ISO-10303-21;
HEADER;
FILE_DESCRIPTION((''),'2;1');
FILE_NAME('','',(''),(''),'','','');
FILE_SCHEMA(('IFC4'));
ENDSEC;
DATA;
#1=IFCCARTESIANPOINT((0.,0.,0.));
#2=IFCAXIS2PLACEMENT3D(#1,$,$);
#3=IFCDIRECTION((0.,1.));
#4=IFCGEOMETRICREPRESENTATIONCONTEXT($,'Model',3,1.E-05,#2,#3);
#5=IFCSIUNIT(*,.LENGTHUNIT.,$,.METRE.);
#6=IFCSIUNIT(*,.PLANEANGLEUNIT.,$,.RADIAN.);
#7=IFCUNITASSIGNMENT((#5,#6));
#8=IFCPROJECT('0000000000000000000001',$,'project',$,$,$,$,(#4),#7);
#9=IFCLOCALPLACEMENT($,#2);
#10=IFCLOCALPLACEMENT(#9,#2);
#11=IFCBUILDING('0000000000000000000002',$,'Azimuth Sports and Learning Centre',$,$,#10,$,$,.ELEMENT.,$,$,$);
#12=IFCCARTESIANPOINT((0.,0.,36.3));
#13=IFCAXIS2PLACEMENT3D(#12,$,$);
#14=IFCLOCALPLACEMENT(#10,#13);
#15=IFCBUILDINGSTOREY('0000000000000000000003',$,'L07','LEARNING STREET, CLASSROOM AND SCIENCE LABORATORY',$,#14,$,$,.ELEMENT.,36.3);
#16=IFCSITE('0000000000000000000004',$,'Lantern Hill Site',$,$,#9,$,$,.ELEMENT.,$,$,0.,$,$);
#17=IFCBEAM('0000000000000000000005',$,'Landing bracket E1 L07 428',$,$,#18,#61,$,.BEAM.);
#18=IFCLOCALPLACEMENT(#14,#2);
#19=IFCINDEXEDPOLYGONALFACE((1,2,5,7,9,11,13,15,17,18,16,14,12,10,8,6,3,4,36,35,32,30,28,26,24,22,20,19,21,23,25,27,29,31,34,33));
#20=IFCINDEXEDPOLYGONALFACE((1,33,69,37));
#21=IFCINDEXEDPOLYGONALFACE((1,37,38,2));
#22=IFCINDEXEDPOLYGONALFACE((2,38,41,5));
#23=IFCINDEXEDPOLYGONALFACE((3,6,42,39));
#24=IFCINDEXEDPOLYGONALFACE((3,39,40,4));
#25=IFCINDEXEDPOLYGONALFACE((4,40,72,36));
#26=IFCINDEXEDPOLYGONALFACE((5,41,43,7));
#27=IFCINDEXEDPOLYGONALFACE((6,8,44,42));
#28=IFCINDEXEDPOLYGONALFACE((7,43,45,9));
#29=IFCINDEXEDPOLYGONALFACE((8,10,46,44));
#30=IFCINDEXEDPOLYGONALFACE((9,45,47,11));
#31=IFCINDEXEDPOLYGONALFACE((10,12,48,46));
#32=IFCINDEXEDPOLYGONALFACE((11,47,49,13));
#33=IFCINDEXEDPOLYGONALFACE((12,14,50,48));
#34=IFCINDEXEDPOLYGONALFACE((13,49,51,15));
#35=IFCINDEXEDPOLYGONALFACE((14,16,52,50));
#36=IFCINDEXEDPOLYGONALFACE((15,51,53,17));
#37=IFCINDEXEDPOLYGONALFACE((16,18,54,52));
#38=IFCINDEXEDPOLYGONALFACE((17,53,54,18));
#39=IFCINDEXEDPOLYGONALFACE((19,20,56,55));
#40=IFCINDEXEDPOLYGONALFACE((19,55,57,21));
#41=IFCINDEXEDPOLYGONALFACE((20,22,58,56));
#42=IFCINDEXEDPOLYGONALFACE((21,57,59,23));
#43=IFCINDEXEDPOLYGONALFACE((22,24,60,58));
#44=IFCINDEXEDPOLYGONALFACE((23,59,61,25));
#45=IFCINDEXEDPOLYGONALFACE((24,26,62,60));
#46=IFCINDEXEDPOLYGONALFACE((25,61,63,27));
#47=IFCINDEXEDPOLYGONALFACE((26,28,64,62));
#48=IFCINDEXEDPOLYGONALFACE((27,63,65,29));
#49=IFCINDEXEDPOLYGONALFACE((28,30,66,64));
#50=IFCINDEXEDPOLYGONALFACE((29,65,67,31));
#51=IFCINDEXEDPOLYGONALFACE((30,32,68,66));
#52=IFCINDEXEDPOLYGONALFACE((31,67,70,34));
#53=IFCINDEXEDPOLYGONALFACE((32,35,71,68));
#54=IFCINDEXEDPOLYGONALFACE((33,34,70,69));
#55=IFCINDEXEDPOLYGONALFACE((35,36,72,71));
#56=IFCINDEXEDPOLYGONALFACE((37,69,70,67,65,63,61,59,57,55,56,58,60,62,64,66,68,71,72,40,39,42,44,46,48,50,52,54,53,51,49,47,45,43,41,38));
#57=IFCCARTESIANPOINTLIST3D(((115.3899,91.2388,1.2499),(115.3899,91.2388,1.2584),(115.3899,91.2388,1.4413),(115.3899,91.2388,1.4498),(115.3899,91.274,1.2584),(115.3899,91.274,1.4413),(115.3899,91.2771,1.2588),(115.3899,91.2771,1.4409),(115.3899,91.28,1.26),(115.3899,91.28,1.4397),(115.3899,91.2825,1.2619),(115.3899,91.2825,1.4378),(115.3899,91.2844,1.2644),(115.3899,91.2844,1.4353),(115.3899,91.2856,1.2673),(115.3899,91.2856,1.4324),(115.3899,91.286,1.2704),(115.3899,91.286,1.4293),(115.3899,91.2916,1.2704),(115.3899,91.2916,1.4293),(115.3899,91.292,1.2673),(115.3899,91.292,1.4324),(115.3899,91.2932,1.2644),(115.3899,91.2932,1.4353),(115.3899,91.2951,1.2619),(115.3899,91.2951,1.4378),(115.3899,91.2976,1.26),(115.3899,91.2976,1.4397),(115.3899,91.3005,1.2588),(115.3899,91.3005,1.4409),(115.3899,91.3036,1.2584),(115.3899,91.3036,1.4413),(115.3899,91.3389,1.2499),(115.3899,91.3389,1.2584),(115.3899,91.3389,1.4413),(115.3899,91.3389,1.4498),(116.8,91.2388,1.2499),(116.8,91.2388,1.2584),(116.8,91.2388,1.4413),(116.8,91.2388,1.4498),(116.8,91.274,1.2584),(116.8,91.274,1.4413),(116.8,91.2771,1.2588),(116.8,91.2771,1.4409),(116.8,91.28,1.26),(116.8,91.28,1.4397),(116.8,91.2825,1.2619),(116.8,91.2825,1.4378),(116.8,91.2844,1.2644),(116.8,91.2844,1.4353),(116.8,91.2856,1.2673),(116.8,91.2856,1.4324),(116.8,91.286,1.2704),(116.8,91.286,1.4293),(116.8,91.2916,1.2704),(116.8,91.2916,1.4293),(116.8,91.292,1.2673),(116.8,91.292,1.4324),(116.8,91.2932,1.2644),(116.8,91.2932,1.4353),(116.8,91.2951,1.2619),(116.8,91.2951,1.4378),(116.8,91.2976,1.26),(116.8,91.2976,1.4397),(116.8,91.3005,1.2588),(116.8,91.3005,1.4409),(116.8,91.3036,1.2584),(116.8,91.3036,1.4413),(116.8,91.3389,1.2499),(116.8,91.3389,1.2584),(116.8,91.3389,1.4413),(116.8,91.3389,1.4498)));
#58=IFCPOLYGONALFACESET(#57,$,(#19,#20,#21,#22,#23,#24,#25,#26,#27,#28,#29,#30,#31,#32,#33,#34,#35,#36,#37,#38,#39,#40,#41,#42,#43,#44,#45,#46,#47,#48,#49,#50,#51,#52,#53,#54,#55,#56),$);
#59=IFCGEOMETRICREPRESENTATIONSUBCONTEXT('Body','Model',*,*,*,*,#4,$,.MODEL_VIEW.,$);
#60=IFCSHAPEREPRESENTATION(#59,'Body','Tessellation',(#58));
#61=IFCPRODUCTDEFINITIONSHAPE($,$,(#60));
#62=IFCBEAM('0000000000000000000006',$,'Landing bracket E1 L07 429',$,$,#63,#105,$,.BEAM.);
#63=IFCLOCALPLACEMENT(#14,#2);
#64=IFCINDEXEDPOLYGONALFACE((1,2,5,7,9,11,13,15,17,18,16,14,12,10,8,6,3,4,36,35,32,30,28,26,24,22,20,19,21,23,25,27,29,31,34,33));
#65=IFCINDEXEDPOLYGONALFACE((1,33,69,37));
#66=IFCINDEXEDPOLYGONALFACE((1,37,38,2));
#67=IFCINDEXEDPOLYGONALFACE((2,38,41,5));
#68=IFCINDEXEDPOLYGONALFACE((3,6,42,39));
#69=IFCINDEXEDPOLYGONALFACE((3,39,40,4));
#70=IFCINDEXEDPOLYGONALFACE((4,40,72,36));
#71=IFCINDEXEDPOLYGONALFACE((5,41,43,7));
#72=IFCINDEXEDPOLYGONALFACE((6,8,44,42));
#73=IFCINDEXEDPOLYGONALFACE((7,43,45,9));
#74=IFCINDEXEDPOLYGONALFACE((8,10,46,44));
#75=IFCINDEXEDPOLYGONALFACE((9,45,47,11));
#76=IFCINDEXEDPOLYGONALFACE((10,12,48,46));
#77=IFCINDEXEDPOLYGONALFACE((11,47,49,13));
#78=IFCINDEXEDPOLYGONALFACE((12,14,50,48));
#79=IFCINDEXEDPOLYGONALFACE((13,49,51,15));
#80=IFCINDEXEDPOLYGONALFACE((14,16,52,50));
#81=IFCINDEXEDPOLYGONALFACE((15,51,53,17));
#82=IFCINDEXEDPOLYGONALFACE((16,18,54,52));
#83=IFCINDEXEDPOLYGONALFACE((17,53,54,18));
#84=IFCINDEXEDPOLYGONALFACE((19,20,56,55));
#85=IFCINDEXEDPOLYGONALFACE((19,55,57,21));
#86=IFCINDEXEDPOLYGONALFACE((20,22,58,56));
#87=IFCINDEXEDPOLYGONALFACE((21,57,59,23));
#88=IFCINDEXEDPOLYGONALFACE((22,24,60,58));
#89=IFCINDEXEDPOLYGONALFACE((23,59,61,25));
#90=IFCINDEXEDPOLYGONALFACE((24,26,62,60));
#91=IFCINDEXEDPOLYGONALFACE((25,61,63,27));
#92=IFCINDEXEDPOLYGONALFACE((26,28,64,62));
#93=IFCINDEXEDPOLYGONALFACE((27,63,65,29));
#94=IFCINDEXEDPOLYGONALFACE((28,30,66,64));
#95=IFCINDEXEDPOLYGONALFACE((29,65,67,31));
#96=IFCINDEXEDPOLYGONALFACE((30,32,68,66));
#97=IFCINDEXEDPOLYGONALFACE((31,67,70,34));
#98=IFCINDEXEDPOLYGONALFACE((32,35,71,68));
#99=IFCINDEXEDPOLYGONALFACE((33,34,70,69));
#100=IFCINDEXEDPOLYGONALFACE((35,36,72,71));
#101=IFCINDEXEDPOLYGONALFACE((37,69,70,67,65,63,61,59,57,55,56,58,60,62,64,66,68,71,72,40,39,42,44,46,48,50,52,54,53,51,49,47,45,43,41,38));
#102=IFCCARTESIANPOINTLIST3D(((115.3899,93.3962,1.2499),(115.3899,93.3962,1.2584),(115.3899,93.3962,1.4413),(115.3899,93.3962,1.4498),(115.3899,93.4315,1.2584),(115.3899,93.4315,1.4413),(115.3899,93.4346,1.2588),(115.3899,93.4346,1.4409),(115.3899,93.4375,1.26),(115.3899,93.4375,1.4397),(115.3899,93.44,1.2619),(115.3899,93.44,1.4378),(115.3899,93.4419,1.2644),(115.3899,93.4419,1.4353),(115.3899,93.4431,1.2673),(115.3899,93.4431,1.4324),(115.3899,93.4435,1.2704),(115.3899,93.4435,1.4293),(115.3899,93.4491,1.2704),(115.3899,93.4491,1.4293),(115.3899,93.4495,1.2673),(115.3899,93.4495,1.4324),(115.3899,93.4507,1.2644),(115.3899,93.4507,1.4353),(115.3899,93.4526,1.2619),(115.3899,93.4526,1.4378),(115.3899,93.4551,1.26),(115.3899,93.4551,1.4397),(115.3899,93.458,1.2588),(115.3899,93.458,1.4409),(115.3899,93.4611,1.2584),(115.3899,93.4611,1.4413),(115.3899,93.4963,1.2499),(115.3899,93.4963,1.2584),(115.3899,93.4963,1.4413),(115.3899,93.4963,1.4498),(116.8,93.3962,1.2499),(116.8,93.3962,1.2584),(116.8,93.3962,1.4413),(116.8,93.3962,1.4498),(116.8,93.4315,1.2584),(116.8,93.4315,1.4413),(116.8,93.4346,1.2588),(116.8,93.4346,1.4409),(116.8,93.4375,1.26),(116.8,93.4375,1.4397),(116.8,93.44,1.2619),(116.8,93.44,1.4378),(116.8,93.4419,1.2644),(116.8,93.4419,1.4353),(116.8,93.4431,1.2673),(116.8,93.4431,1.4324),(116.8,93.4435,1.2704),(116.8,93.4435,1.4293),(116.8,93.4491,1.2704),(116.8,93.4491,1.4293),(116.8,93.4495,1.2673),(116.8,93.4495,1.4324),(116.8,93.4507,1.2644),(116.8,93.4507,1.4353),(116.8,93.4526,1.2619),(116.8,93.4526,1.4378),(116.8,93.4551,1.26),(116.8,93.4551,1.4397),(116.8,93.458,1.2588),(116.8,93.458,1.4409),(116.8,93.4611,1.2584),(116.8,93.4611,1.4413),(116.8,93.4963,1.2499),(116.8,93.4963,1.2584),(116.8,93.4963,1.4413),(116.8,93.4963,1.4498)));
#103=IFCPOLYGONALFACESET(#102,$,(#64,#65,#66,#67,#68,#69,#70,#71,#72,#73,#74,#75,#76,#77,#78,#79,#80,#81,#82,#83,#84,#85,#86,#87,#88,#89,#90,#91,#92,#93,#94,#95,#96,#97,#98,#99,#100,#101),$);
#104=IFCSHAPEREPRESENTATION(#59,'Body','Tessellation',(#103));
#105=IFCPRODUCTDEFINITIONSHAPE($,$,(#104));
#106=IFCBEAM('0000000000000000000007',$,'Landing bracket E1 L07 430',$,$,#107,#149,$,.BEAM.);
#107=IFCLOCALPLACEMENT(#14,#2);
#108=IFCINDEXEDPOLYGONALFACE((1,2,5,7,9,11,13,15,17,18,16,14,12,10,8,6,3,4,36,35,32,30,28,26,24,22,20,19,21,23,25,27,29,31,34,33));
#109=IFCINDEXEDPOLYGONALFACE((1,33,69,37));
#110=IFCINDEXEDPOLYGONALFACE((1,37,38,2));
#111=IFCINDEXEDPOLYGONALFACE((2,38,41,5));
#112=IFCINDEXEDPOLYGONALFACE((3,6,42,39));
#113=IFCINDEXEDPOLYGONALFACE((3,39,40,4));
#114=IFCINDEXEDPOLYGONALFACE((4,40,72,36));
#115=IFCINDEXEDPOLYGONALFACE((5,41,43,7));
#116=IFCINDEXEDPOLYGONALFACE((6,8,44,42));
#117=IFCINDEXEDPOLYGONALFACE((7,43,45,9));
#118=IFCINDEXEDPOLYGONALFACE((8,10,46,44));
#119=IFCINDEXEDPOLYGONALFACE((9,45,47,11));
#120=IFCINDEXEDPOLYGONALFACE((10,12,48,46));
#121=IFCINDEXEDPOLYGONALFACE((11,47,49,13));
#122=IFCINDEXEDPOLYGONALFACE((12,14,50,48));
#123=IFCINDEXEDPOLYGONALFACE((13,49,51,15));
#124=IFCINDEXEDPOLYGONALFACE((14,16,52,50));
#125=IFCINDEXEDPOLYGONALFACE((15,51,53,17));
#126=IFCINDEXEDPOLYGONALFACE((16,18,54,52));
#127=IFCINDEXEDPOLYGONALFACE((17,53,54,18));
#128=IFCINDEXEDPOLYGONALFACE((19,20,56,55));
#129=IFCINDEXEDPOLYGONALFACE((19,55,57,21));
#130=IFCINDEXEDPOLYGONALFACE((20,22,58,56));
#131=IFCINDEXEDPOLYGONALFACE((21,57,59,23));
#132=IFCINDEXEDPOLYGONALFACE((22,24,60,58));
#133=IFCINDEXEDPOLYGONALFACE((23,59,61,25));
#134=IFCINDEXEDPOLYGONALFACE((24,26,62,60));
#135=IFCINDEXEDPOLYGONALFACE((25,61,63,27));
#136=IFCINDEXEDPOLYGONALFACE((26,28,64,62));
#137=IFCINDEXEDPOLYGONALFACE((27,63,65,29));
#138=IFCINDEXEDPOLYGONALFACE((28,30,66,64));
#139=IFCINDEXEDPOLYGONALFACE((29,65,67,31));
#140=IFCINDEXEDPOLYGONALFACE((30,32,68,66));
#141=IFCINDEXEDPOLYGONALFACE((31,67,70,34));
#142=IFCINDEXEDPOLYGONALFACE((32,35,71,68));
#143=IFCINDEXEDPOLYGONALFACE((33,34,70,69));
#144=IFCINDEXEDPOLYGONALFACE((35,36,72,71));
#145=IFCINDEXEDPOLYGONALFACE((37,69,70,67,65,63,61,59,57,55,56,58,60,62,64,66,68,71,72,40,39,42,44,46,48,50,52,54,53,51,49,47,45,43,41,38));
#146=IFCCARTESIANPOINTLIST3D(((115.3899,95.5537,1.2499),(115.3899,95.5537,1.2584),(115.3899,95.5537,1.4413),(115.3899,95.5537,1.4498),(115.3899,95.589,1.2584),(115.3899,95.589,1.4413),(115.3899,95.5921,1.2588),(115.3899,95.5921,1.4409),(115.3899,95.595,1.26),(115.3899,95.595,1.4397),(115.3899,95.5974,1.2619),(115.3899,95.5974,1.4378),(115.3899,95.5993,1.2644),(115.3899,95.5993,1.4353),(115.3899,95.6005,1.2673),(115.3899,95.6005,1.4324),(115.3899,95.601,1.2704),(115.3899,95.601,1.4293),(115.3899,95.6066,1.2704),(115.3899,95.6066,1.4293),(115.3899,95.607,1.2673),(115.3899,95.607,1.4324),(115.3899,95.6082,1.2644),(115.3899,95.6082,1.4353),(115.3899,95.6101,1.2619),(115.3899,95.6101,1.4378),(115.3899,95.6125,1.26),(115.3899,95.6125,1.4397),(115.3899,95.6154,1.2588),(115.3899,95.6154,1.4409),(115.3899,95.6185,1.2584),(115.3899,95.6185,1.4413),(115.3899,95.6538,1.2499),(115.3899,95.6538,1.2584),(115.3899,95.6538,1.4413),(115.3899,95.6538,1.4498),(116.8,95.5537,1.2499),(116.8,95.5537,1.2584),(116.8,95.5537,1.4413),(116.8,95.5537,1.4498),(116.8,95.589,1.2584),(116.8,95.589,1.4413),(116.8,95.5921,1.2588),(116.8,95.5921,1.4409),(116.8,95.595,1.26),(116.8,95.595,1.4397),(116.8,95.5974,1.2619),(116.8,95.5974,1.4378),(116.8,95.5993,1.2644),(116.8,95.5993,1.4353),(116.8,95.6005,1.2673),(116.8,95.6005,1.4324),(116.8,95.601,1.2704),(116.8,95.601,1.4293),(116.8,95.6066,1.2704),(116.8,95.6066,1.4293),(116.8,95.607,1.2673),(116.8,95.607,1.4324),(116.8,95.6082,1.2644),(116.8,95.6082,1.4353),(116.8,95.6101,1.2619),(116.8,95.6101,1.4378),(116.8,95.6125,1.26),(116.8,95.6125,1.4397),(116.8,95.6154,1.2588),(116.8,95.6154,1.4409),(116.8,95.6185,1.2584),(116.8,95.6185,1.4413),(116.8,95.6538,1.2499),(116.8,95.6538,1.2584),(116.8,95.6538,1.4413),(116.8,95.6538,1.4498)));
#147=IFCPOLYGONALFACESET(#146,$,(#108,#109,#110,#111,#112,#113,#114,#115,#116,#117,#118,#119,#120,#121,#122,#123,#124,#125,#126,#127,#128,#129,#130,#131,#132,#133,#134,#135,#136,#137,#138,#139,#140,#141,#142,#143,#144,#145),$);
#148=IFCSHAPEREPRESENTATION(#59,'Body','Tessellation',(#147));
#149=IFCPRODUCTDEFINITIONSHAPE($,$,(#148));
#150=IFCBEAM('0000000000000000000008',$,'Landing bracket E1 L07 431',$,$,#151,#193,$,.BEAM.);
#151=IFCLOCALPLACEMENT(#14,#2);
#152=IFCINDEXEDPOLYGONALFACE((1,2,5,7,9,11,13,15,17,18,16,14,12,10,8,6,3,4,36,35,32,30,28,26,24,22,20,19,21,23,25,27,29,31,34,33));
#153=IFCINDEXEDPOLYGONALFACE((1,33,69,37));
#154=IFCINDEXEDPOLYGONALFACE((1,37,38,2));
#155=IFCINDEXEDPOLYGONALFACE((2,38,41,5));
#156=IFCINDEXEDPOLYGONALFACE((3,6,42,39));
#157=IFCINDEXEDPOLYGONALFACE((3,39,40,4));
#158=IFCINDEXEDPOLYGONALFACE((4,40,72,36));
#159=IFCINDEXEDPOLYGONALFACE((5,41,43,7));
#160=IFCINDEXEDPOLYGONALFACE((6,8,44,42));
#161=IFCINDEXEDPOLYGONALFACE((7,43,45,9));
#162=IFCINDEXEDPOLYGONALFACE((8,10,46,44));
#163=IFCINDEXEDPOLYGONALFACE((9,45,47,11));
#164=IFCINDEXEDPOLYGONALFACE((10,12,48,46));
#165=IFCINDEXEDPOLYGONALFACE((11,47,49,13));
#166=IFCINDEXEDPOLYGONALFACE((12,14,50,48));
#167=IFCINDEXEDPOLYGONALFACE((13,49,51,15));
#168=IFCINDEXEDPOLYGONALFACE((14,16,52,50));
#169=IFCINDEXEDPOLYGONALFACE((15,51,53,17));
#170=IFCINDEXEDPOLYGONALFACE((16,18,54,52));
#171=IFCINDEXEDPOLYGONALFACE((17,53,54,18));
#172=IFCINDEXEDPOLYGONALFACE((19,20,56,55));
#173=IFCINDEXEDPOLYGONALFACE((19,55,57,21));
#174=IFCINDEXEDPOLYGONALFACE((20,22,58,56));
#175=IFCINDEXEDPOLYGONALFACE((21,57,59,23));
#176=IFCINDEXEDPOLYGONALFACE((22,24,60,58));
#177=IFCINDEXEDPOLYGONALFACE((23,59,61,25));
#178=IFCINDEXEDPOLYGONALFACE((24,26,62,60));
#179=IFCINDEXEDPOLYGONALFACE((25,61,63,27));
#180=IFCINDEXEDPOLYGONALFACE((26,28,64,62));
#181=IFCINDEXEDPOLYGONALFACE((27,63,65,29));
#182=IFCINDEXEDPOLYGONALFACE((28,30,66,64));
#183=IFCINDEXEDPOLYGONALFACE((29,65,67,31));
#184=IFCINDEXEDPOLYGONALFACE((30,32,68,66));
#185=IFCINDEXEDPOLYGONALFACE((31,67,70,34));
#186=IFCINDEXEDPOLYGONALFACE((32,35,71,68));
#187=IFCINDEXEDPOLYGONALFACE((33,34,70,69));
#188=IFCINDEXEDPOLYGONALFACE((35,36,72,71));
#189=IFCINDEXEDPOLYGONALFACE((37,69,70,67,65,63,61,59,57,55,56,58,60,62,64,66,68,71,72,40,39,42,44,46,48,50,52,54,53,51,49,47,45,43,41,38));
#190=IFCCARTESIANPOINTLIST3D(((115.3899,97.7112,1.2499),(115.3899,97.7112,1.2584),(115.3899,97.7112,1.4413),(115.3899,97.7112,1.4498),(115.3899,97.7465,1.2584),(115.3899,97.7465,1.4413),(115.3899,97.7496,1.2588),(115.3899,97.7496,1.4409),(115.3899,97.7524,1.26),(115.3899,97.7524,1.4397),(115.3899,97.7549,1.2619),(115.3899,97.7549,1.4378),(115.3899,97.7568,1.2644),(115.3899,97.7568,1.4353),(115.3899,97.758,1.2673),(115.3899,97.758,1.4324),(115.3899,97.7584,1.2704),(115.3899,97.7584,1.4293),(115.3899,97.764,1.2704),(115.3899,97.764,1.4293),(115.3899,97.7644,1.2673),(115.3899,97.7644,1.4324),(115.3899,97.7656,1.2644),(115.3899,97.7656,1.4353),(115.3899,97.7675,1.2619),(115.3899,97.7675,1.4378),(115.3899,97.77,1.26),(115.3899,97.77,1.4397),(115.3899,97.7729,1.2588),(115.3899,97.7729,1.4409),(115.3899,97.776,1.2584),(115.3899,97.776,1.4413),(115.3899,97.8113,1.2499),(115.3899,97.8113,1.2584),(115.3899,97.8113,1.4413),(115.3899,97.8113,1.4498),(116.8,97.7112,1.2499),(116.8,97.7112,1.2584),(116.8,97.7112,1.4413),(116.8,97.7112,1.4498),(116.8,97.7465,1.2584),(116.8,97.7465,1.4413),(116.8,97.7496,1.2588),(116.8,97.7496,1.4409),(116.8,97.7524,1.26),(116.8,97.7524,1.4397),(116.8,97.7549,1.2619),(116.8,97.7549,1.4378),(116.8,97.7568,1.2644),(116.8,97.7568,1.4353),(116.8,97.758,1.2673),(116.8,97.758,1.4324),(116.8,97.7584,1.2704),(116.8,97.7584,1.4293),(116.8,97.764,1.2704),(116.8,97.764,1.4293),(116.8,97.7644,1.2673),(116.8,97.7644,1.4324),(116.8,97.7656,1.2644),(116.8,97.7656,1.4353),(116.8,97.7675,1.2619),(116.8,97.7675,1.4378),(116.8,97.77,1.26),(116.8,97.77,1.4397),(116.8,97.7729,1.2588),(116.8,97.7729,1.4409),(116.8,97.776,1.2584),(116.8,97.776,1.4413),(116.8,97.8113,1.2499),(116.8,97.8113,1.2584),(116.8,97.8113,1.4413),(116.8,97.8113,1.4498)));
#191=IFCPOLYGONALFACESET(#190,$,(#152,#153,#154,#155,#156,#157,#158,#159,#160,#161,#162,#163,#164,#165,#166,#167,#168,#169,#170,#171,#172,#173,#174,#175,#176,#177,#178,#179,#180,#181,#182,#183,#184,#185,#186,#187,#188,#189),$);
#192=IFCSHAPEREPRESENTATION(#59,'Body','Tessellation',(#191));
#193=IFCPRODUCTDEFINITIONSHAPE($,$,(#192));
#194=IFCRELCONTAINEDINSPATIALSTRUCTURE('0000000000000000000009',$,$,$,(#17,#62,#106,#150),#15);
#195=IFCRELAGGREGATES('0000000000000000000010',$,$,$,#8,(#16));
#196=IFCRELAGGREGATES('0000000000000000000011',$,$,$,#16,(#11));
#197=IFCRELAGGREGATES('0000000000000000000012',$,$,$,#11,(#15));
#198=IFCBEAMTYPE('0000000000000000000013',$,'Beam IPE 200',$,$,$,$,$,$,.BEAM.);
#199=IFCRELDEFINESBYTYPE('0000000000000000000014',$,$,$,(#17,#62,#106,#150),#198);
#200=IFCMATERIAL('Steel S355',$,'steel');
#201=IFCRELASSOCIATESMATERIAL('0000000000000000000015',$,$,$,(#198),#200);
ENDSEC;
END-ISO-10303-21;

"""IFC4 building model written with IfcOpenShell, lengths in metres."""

from ifc_helpers import new_model, si_unit, direction, frame, origin, origin_2d, place, context, subcontext, project, spatial, i_section, extrude, material, material_profile, profile_set, type_object, element, save


model = new_model("IFC4")

# Units and contexts
model_context = context("Model", 3, precision=1e-05, world=origin(), true_north=direction((0.0, 1.0)))
body_context = subcontext(model_context, "Body", "Model", "MODEL_VIEW")
ifc_project = project(units=[si_unit("LENGTHUNIT", "METRE"), si_unit("PLANEANGLEUNIT", "RADIAN")], contexts=[model_context])

# Site, building, storey
site_placement = place(None, origin())
site = spatial("IfcSite", under=ifc_project, at=site_placement, Name="Lantern Hill Site", CompositionType="ELEMENT", RefElevation=0.0)
building_placement = place(site_placement, origin())
building = spatial("IfcBuilding", under=site, at=building_placement, Name="Azimuth Sports and Learning Centre", CompositionType="ELEMENT")
storey_placement = place(building_placement, frame((0.0, 0.0, 36.3)))
storey = spatial("IfcBuildingStorey", under=building, at=storey_placement, Name="L07", Description="LEARNING STREET, CLASSROOM AND SCIENCE LABORATORY", CompositionType="ELEMENT", Elevation=36.3)

# Beams
ifc_material_1 = material(Name="Steel S355", Category="steel")
ifc_material_profile = material_profile(ifc_material_1, i_section(OverallWidth=0.1001, OverallDepth=0.2, WebThickness=0.0056, FlangeThickness=0.0085, FilletRadius=0.012, at=origin_2d()), Name="IPE 200")
ifc_profile_set = profile_set([ifc_material_profile], Name="Steel S355")
beam_type = type_object("IfcBeamType", Name="Beam IPE 200", PredefinedType="BEAM", material=ifc_profile_set)
for number, where, z_axis, x_axis, name in (
    (1, (116.8, 91.2888, 1.3499), (-1.0, 0.0, 0.0), (0.0, -1.0, 0.0), "Landing bracket E1 L07 428"),
    (2, (116.8, 93.4463, 1.3499), (-1.0, 0.0, 0.0), (0.0, -1.0, 0.0), "Landing bracket E1 L07 429"),
    (3, (116.8, 95.6038, 1.3499), (-1.0, 0.0, 0.0), (0.0, -1.0, 0.0), "Landing bracket E1 L07 430"),
    (4, (116.8, 97.7612, 1.3499), (-1.0, 0.0, 0.0), (0.0, -1.0, 0.0), "Landing bracket E1 L07 431"),
):
    element("IfcBeam", number, at=place(storey_placement, frame(where, z_axis=z_axis, x_axis=x_axis)), inside=storey, type_object=beam_type, Name=name, PredefinedType="BEAM", context=body_context, shape_type="SweptSolid", body=[
        extrude(i_section(OverallWidth=0.1001, OverallDepth=0.2, WebThickness=0.0056, FlangeThickness=0.0085, FilletRadius=0.012, at=origin_2d()), origin(), (0.0, 0.0, 1.0), 1.4102),
    ])

save(model, "model.ifc")
